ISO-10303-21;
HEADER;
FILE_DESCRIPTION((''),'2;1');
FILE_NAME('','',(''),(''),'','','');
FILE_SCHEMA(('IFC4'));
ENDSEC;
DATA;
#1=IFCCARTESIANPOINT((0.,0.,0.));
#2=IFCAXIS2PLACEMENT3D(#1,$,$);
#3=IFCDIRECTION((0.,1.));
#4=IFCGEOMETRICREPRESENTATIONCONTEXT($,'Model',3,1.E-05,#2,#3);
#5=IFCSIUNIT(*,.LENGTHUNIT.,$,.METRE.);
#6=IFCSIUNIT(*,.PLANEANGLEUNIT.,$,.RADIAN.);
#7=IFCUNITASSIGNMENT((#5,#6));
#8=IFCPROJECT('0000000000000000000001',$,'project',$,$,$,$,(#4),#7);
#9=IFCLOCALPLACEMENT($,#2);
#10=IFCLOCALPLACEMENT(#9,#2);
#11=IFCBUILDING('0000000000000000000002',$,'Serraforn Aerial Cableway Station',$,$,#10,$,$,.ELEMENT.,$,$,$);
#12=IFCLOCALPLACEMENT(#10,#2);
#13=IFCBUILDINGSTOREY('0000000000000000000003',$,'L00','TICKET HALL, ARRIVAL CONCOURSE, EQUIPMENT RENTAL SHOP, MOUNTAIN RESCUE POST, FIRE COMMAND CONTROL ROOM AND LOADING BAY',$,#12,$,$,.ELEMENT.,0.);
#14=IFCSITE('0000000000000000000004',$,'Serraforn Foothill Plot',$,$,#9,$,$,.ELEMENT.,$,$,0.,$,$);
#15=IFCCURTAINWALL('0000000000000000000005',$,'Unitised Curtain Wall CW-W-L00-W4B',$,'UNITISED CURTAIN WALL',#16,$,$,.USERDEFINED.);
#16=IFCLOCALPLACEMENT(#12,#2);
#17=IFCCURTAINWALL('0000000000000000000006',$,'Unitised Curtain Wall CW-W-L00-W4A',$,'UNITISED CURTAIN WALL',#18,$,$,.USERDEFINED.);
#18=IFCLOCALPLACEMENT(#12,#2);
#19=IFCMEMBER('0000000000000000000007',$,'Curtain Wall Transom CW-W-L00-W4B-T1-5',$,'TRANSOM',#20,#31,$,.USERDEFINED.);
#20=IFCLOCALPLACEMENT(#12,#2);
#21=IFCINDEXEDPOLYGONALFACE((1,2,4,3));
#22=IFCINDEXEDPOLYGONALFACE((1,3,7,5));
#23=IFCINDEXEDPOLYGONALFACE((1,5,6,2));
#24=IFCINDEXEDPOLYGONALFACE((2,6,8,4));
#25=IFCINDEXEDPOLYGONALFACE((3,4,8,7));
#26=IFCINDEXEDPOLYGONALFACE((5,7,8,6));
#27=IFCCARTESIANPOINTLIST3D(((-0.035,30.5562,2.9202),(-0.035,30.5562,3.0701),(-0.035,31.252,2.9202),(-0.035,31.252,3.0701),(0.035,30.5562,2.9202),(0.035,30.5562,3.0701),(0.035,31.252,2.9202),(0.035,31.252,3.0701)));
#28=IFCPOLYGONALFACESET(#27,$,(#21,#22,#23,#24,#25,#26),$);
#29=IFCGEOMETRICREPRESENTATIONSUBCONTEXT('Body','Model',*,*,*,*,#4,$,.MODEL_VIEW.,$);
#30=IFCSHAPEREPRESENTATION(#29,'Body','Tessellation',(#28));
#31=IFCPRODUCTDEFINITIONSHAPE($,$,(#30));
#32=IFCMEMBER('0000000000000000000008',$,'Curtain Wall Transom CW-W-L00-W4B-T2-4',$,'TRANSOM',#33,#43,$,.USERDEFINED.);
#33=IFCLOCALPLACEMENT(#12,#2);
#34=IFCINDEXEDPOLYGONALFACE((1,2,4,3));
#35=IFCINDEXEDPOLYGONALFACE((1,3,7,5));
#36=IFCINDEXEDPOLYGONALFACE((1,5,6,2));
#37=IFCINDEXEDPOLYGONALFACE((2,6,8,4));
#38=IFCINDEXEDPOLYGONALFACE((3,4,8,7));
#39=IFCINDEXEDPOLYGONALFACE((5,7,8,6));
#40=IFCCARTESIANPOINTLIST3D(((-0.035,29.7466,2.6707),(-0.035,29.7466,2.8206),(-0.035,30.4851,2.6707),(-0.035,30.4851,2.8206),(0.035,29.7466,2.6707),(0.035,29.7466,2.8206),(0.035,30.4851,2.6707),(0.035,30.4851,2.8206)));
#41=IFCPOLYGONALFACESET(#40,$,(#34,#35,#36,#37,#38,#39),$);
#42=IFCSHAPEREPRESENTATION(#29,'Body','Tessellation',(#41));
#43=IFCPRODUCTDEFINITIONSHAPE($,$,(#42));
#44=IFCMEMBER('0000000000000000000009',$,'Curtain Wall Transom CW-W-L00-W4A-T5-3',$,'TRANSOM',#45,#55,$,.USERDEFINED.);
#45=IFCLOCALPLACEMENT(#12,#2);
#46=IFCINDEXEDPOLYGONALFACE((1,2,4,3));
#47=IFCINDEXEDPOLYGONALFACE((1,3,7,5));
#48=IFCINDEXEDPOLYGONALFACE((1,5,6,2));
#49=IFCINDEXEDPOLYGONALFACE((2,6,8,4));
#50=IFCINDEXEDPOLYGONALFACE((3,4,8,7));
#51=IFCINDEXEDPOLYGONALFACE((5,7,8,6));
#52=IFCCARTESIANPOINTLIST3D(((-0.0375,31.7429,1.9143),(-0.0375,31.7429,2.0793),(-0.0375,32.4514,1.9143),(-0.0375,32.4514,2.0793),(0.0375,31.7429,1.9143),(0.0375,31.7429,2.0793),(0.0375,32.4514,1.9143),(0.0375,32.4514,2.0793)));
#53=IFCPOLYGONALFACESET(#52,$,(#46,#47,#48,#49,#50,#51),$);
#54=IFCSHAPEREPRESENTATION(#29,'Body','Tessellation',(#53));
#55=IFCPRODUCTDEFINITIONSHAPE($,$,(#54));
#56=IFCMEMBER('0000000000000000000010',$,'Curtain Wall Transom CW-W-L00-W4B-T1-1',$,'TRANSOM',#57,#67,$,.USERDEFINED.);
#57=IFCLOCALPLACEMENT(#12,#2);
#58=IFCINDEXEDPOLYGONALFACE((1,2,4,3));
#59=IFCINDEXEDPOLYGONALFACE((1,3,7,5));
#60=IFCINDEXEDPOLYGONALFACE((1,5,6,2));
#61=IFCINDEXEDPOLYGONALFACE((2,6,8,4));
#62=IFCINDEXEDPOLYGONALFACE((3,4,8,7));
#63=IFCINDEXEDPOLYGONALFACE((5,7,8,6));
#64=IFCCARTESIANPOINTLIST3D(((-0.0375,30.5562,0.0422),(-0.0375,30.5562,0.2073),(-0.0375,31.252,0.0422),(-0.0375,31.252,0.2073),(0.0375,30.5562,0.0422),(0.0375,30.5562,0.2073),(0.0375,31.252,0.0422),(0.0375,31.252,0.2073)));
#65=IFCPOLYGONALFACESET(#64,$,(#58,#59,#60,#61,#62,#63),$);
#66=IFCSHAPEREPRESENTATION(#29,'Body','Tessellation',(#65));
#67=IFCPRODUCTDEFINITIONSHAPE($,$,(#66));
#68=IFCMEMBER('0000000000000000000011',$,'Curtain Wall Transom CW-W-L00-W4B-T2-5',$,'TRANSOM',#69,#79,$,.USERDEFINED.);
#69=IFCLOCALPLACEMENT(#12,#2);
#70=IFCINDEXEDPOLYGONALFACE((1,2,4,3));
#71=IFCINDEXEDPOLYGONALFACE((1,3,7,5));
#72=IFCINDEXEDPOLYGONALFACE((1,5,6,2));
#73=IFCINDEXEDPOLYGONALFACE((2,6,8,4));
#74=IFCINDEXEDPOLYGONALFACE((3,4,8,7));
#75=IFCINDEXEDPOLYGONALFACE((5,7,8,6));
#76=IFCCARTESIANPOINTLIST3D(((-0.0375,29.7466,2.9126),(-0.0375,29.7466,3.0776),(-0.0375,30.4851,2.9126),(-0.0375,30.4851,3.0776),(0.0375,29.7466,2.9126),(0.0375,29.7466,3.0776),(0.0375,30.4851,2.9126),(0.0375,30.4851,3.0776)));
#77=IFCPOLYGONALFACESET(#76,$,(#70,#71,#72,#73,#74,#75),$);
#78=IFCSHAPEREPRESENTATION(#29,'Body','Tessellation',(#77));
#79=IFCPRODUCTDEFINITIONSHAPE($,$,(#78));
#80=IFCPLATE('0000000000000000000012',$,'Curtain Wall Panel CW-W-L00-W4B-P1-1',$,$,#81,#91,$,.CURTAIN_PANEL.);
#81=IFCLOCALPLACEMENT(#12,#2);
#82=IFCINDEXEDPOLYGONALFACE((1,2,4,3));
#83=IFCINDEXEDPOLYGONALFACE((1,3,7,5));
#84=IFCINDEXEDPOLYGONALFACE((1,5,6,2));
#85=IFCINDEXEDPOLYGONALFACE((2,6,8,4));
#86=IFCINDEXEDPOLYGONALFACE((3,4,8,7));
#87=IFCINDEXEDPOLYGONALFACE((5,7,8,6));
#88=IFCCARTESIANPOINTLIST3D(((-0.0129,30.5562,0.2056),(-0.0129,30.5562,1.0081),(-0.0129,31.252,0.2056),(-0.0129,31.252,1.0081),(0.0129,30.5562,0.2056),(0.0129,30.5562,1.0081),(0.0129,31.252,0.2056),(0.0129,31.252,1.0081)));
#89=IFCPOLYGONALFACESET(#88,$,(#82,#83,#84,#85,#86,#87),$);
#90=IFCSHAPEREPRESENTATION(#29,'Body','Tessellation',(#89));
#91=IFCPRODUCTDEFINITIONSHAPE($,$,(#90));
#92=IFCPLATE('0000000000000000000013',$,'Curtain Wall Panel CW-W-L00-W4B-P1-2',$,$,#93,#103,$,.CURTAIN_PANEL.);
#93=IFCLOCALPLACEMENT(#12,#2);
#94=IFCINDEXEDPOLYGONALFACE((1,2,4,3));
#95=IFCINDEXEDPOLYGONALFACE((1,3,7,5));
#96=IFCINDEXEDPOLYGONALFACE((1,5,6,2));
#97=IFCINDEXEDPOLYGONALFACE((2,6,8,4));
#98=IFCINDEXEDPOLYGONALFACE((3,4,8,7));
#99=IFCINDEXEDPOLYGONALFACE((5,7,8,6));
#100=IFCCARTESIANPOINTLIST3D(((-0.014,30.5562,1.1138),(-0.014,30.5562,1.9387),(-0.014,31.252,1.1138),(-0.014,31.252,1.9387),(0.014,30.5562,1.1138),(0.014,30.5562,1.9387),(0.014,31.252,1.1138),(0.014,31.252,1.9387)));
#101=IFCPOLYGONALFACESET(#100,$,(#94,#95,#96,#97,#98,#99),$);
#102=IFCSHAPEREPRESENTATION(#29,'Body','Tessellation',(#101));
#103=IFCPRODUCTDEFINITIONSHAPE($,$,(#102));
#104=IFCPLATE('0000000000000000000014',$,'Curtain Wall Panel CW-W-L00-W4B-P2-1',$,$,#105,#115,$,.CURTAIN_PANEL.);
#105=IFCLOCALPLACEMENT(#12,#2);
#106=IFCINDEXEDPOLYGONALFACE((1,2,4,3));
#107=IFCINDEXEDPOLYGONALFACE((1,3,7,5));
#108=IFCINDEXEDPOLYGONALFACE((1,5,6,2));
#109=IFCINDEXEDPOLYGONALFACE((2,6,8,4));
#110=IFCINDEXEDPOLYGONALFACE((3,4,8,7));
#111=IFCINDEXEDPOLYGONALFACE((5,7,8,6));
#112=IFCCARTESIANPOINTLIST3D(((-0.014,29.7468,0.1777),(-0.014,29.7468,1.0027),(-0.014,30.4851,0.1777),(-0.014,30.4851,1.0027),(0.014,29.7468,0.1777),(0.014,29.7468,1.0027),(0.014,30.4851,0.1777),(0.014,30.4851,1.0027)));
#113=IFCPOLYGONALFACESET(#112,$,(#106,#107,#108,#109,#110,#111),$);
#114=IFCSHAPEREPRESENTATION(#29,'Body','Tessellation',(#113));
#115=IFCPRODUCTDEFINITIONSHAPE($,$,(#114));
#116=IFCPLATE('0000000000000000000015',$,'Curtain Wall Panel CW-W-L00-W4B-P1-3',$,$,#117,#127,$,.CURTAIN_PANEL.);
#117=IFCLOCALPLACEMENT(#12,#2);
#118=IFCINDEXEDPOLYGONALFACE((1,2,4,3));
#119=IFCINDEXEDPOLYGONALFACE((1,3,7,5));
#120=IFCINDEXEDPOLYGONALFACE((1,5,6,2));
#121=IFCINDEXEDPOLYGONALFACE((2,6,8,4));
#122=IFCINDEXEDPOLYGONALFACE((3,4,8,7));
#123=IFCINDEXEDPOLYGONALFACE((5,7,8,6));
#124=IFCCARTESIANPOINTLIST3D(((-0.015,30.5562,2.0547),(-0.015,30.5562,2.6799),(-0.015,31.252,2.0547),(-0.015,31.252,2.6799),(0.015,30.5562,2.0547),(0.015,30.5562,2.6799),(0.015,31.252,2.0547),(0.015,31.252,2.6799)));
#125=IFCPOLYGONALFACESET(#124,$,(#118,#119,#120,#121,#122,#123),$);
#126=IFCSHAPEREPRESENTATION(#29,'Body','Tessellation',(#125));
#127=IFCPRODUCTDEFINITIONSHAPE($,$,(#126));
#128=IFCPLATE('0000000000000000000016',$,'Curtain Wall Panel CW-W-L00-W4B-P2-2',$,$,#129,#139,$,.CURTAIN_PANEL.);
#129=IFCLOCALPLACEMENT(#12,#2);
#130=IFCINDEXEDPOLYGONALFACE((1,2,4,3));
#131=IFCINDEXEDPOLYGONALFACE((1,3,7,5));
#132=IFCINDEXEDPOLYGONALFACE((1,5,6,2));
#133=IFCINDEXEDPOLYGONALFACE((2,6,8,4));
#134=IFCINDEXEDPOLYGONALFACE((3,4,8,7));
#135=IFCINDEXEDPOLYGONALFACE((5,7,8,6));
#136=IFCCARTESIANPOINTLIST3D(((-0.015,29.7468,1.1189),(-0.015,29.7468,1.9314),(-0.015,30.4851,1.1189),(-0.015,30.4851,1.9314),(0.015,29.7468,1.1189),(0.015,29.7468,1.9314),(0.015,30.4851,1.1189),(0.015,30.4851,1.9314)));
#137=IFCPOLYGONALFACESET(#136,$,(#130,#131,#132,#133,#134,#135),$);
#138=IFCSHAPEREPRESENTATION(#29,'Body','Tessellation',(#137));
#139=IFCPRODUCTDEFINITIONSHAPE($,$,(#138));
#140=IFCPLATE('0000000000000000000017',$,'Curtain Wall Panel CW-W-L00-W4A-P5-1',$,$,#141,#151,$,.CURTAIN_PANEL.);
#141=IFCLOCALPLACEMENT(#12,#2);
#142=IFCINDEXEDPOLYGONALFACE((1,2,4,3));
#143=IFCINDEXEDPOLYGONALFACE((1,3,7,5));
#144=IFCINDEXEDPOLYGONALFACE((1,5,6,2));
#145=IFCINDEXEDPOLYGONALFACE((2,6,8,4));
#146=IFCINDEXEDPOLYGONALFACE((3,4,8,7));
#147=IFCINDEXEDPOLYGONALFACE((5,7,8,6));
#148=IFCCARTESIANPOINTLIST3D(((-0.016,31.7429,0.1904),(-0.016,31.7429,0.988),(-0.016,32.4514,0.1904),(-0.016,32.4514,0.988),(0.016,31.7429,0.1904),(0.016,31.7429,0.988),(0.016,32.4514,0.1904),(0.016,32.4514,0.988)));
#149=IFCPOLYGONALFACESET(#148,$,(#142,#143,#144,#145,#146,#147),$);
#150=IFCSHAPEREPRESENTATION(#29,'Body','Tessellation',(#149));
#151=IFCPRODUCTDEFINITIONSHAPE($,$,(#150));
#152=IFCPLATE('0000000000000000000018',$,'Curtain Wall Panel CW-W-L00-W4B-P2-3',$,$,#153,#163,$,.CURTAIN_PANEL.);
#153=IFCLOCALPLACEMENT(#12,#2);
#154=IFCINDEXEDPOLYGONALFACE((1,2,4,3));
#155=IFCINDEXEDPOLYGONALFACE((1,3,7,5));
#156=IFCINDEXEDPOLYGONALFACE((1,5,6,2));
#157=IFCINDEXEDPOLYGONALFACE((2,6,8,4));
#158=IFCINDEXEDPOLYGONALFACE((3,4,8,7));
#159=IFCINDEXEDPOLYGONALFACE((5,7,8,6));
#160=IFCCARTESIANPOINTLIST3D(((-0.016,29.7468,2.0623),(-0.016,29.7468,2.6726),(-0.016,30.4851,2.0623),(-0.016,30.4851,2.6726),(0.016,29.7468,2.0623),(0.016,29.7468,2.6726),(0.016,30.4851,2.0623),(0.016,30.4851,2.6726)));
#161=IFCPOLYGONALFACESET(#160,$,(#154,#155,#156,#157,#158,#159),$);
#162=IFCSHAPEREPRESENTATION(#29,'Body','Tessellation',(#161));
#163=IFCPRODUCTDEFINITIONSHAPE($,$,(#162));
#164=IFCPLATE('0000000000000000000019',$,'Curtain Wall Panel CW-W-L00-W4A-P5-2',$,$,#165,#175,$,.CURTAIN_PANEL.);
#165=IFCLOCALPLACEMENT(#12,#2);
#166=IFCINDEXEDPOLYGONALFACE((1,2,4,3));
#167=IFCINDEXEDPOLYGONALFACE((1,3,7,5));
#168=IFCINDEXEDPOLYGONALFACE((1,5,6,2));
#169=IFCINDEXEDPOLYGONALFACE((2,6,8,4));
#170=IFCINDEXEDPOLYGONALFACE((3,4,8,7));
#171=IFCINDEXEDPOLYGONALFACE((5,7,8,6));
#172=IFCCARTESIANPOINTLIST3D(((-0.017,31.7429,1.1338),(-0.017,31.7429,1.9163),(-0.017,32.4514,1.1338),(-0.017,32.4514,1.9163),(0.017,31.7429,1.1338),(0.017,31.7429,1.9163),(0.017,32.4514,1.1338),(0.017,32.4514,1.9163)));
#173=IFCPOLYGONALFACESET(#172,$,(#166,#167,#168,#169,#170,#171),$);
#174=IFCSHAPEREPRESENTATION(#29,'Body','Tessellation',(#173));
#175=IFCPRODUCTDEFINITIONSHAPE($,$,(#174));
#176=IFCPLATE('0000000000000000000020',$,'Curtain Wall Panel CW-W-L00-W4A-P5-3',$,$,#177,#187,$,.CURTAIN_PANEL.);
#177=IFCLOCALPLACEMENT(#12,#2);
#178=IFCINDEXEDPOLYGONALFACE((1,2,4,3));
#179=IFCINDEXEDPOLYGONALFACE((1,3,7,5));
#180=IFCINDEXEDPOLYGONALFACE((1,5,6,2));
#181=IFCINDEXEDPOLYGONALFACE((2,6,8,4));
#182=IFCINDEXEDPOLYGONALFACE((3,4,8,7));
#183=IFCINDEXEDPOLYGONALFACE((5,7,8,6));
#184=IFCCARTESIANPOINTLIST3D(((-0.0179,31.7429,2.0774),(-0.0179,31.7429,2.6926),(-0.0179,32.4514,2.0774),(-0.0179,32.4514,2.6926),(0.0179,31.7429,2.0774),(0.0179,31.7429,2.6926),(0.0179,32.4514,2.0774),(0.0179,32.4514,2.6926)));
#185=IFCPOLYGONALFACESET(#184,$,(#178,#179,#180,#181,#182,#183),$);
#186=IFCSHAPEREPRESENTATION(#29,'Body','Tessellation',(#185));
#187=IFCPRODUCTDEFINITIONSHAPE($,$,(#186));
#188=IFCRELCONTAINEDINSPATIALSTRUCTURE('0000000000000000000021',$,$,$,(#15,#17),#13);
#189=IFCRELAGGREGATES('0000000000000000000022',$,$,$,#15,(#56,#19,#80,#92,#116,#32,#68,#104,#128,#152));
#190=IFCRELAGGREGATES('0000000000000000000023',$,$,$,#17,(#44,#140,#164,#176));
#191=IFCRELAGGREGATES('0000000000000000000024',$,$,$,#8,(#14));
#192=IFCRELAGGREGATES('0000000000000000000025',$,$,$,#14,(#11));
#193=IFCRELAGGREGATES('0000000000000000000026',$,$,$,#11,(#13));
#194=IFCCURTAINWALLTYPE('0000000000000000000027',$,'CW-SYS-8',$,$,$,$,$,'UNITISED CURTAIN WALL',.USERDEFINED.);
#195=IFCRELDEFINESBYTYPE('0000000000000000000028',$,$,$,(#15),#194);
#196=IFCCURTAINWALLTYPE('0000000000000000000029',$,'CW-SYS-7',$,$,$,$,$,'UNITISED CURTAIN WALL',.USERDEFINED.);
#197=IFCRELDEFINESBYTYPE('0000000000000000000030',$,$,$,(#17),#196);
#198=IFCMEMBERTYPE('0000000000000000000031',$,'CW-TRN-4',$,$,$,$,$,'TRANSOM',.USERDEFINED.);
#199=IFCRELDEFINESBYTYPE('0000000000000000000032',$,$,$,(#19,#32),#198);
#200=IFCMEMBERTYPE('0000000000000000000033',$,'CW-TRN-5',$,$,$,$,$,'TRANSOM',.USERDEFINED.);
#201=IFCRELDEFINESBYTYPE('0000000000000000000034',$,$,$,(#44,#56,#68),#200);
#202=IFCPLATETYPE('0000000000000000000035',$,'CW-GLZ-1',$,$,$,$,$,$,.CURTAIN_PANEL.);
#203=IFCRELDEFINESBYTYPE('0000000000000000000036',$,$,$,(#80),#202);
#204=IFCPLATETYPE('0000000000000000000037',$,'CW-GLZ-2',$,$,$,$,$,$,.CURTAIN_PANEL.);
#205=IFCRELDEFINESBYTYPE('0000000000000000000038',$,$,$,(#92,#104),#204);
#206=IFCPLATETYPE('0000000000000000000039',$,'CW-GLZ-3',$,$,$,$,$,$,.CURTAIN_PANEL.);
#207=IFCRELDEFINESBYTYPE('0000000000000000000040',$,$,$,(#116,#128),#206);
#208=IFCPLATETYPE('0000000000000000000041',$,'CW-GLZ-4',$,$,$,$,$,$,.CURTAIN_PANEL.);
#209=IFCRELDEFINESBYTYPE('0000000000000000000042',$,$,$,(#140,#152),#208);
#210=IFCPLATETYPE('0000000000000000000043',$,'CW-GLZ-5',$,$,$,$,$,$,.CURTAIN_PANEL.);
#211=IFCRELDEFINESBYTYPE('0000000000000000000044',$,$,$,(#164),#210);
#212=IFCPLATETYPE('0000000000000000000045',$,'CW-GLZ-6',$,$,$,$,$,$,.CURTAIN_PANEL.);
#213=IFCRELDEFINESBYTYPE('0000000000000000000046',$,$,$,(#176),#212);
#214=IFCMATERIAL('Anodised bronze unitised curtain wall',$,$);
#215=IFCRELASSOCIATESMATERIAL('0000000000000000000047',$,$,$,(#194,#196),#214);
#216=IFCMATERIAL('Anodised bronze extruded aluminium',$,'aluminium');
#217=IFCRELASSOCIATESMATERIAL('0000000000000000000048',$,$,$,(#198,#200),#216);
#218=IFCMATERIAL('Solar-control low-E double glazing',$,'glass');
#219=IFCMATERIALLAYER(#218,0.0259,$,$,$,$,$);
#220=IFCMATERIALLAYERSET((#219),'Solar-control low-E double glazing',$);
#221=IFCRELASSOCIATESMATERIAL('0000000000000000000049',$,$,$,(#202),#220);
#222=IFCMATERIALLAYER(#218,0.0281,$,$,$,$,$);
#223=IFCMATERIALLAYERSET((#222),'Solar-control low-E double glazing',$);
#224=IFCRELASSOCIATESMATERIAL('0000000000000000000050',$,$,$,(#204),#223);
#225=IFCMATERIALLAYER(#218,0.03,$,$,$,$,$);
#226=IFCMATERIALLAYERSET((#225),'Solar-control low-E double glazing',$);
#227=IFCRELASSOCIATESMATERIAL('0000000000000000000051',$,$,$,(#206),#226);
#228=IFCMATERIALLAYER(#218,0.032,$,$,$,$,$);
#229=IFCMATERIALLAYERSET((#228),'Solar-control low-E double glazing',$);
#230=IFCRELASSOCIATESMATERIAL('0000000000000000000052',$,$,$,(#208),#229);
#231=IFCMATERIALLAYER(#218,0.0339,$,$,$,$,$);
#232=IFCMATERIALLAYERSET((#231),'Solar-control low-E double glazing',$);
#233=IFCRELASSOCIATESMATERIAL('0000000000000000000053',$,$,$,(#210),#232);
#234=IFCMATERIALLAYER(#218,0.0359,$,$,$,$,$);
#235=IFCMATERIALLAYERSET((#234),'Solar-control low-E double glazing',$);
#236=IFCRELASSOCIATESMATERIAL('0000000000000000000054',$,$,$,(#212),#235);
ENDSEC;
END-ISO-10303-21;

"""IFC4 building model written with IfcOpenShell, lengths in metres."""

from ifc_helpers import new_model, si_unit, direction, frame, origin, origin_2d, place, context, subcontext, project, spatial, rectangle, extrude, material, layer, layer_set, material_profile, profile_set, type_object, element, aggregate, save


model = new_model("IFC4")

# Units and contexts
model_context = context("Model", 3, precision=1e-05, world=origin(), true_north=direction((0.0, 1.0)))
body_context = subcontext(model_context, "Body", "Model", "MODEL_VIEW")
ifc_project = project(units=[si_unit("LENGTHUNIT", "METRE"), si_unit("PLANEANGLEUNIT", "RADIAN")], contexts=[model_context])

# Site, building, storey
site_placement = place(None, origin())
site = spatial("IfcSite", under=ifc_project, at=site_placement, Name="Serraforn Foothill Plot", CompositionType="ELEMENT", RefElevation=0.0)
building_placement = place(site_placement, origin())
building = spatial("IfcBuilding", under=site, at=building_placement, Name="Serraforn Aerial Cableway Station", CompositionType="ELEMENT")
storey_placement = place(building_placement, origin())
storey = spatial("IfcBuildingStorey", under=building, at=storey_placement, Name="L00", Description="TICKET HALL, ARRIVAL CONCOURSE, EQUIPMENT RENTAL SHOP, MOUNTAIN RESCUE POST, FIRE COMMAND CONTROL ROOM AND LOADING BAY", CompositionType="ELEMENT", Elevation=0.0)

# Curtain walls
ifc_material_1 = material(Name="Anodised bronze unitised curtain wall")
curtain_wall_type_1 = type_object("IfcCurtainWallType", Name="CW-SYS-8", ElementType="UNITISED CURTAIN WALL", PredefinedType="USERDEFINED", material=ifc_material_1)
curtain_wall_1_placement = place(storey_placement, origin())
curtain_wall_1 = element("IfcCurtainWall", 1, at=curtain_wall_1_placement, inside=storey, type_object=curtain_wall_type_1, Name="Unitised Curtain Wall CW-W-L00-W4B", ObjectType="UNITISED CURTAIN WALL", PredefinedType="USERDEFINED")
ifc_material_2 = material(Name="Anodised bronze extruded aluminium", Category="aluminium")
curtain_wall_type_2 = type_object("IfcCurtainWallType", Name="CW-SYS-7", ElementType="UNITISED CURTAIN WALL", PredefinedType="USERDEFINED", material=ifc_material_1)
curtain_wall_2_placement = place(storey_placement, origin())
curtain_wall_2 = element("IfcCurtainWall", 2, at=curtain_wall_2_placement, inside=storey, type_object=curtain_wall_type_2, Name="Unitised Curtain Wall CW-W-L00-W4A", ObjectType="UNITISED CURTAIN WALL", PredefinedType="USERDEFINED")

# Members
ifc_material_profile_1 = material_profile(ifc_material_2, rectangle(XDim=0.0701, YDim=0.1499, at=origin_2d()), Name="CW TRANSOM 70x150")
ifc_profile_set_1 = profile_set([ifc_material_profile_1], Name="Anodised bronze extruded aluminium")
member_type_1 = type_object("IfcMemberType", Name="CW-TRN-4", ElementType="TRANSOM", PredefinedType="USERDEFINED", material=ifc_profile_set_1)
member_1_placement = place(storey_placement, frame((0.0, 31.252, 2.9951), z_axis=(0.0, -1.0, 0.0), x_axis=(1.0, 0.0, 0.0)))
member_1 = element("IfcMember", 3, at=member_1_placement, type_object=member_type_1, Name="Curtain Wall Transom CW-W-L00-W4B-T1-5", ObjectType="TRANSOM", PredefinedType="USERDEFINED", context=body_context, shape_type="SweptSolid", body=[
    extrude(rectangle(XDim=0.0701, YDim=0.1499, at=origin_2d()), origin(), (0.0, 0.0, 1.0), 0.6958),
])
member_2_placement = place(storey_placement, frame((0.0, 30.4851, 2.7456), z_axis=(0.0, -1.0, 0.0), x_axis=(1.0, 0.0, 0.0)))
member_2 = element("IfcMember", 4, at=member_2_placement, type_object=member_type_1, Name="Curtain Wall Transom CW-W-L00-W4B-T2-4", ObjectType="TRANSOM", PredefinedType="USERDEFINED", context=body_context, shape_type="SweptSolid", body=[
    extrude(rectangle(XDim=0.0701, YDim=0.1499, at=origin_2d()), origin(), (0.0, 0.0, 1.0), 0.7385),
])
ifc_material_profile_2 = material_profile(ifc_material_2, rectangle(XDim=0.075, YDim=0.165, at=origin_2d()), Name="CW TRANSOM 75x165")
ifc_profile_set_2 = profile_set([ifc_material_profile_2], Name="Anodised bronze extruded aluminium")
member_type_2 = type_object("IfcMemberType", Name="CW-TRN-5", ElementType="TRANSOM", PredefinedType="USERDEFINED", material=ifc_profile_set_2)
member_3_placement = place(storey_placement, frame((0.0, 32.4514, 1.9968), z_axis=(0.0, -1.0, 0.0), x_axis=(1.0, 0.0, 0.0)))
member_3 = element("IfcMember", 5, at=member_3_placement, type_object=member_type_2, Name="Curtain Wall Transom CW-W-L00-W4A-T5-3", ObjectType="TRANSOM", PredefinedType="USERDEFINED", context=body_context, shape_type="SweptSolid", body=[
    extrude(rectangle(XDim=0.075, YDim=0.165, at=origin_2d()), origin(), (0.0, 0.0, 1.0), 0.7085),
])
member_4_placement = place(storey_placement, frame((0.0, 31.252, 0.1248), z_axis=(0.0, -1.0, 0.0), x_axis=(1.0, 0.0, 0.0)))
member_4 = element("IfcMember", 6, at=member_4_placement, type_object=member_type_2, Name="Curtain Wall Transom CW-W-L00-W4B-T1-1", ObjectType="TRANSOM", PredefinedType="USERDEFINED", context=body_context, shape_type="SweptSolid", body=[
    extrude(rectangle(XDim=0.075, YDim=0.165, at=origin_2d()), origin(), (0.0, 0.0, 1.0), 0.6958),
])
member_5_placement = place(storey_placement, frame((0.0, 30.4851, 2.9951), z_axis=(0.0, -1.0, 0.0), x_axis=(1.0, 0.0, 0.0)))
member_5 = element("IfcMember", 7, at=member_5_placement, type_object=member_type_2, Name="Curtain Wall Transom CW-W-L00-W4B-T2-5", ObjectType="TRANSOM", PredefinedType="USERDEFINED", context=body_context, shape_type="SweptSolid", body=[
    extrude(rectangle(XDim=0.075, YDim=0.165, at=origin_2d()), origin(), (0.0, 0.0, 1.0), 0.7385),
])

# Plates
ifc_material_3 = material(Name="Solar-control low-E double glazing", Category="glass")
ifc_layer_1 = layer(ifc_material_3, 0.0259)
ifc_layer_set_1 = layer_set([ifc_layer_1], Name="Solar-control low-E double glazing")
plate_type_1 = type_object("IfcPlateType", Name="CW-GLZ-1", PredefinedType="CURTAIN_PANEL", material=ifc_layer_set_1)
plate_1_placement = place(storey_placement, frame((0.0, 30.9041, 0.2056), z_axis=(0.0, 0.0, 1.0), x_axis=(1.0, 0.0, 0.0)))
plate_1 = element("IfcPlate", 8, at=plate_1_placement, type_object=plate_type_1, Name="Curtain Wall Panel CW-W-L00-W4B-P1-1", PredefinedType="CURTAIN_PANEL", context=body_context, shape_type="SweptSolid", body=[
    extrude(rectangle(XDim=0.0259, YDim=0.6958, at=origin_2d()), origin(), (0.0, 0.0, 1.0), 0.8025),
])
ifc_layer_2 = layer(ifc_material_3, 0.0281)
ifc_layer_set_2 = layer_set([ifc_layer_2], Name="Solar-control low-E double glazing")
plate_type_2 = type_object("IfcPlateType", Name="CW-GLZ-2", PredefinedType="CURTAIN_PANEL", material=ifc_layer_set_2)
plate_2_placement = place(storey_placement, frame((0.0, 30.9041, 1.1138), z_axis=(0.0, 0.0, 1.0), x_axis=(1.0, 0.0, 0.0)))
plate_2 = element("IfcPlate", 9, at=plate_2_placement, type_object=plate_type_2, Name="Curtain Wall Panel CW-W-L00-W4B-P1-2", PredefinedType="CURTAIN_PANEL", context=body_context, shape_type="SweptSolid", body=[
    extrude(rectangle(XDim=0.0281, YDim=0.6958, at=origin_2d()), origin(), (0.0, 0.0, 1.0), 0.825),
])
plate_3_placement = place(storey_placement, frame((0.0, 30.116, 0.1777), z_axis=(0.0, 0.0, 1.0), x_axis=(1.0, 0.0, 0.0)))
plate_3 = element("IfcPlate", 10, at=plate_3_placement, type_object=plate_type_2, Name="Curtain Wall Panel CW-W-L00-W4B-P2-1", PredefinedType="CURTAIN_PANEL", context=body_context, shape_type="SweptSolid", body=[
    extrude(rectangle(XDim=0.0281, YDim=0.7383, at=origin_2d()), origin(), (0.0, 0.0, 1.0), 0.825),
])
ifc_layer_3 = layer(ifc_material_3, 0.03)
ifc_layer_set_3 = layer_set([ifc_layer_3], Name="Solar-control low-E double glazing")
plate_type_3 = type_object("IfcPlateType", Name="CW-GLZ-3", PredefinedType="CURTAIN_PANEL", material=ifc_layer_set_3)
plate_4_placement = place(storey_placement, frame((0.0, 30.9041, 2.0547), z_axis=(0.0, 0.0, 1.0), x_axis=(1.0, 0.0, 0.0)))
plate_4 = element("IfcPlate", 11, at=plate_4_placement, type_object=plate_type_3, Name="Curtain Wall Panel CW-W-L00-W4B-P1-3", PredefinedType="CURTAIN_PANEL", context=body_context, shape_type="SweptSolid", body=[
    extrude(rectangle(XDim=0.03, YDim=0.6958, at=origin_2d()), origin(), (0.0, 0.0, 1.0), 0.6252),
])
plate_5_placement = place(storey_placement, frame((0.0, 30.116, 1.1189), z_axis=(0.0, 0.0, 1.0), x_axis=(1.0, 0.0, 0.0)))
plate_5 = element("IfcPlate", 12, at=plate_5_placement, type_object=plate_type_3, Name="Curtain Wall Panel CW-W-L00-W4B-P2-2", PredefinedType="CURTAIN_PANEL", context=body_context, shape_type="SweptSolid", body=[
    extrude(rectangle(XDim=0.03, YDim=0.7383, at=origin_2d()), origin(), (0.0, 0.0, 1.0), 0.8125),
])
ifc_layer_4 = layer(ifc_material_3, 0.032)
ifc_layer_set_4 = layer_set([ifc_layer_4], Name="Solar-control low-E double glazing")
plate_type_4 = type_object("IfcPlateType", Name="CW-GLZ-4", PredefinedType="CURTAIN_PANEL", material=ifc_layer_set_4)
plate_6_placement = place(storey_placement, frame((0.0, 32.0972, 0.1904), z_axis=(0.0, 0.0, 1.0), x_axis=(1.0, 0.0, 0.0)))
plate_6 = element("IfcPlate", 13, at=plate_6_placement, type_object=plate_type_4, Name="Curtain Wall Panel CW-W-L00-W4A-P5-1", PredefinedType="CURTAIN_PANEL", context=body_context, shape_type="SweptSolid", body=[
    extrude(rectangle(XDim=0.032, YDim=0.7085, at=origin_2d()), origin(), (0.0, 0.0, 1.0), 0.7976),
])
plate_7_placement = place(storey_placement, frame((0.0, 30.116, 2.0623), z_axis=(0.0, 0.0, 1.0), x_axis=(1.0, 0.0, 0.0)))
plate_7 = element("IfcPlate", 14, at=plate_7_placement, type_object=plate_type_4, Name="Curtain Wall Panel CW-W-L00-W4B-P2-3", PredefinedType="CURTAIN_PANEL", context=body_context, shape_type="SweptSolid", body=[
    extrude(rectangle(XDim=0.032, YDim=0.7383, at=origin_2d()), origin(), (0.0, 0.0, 1.0), 0.6104),
])
aggregate(curtain_wall_1, [member_4, member_1, plate_1, plate_2, plate_4, member_2, member_5, plate_3, plate_5, plate_7])
ifc_layer_5 = layer(ifc_material_3, 0.0339)
ifc_layer_set_5 = layer_set([ifc_layer_5], Name="Solar-control low-E double glazing")
plate_type_5 = type_object("IfcPlateType", Name="CW-GLZ-5", PredefinedType="CURTAIN_PANEL", material=ifc_layer_set_5)
plate_8_placement = place(storey_placement, frame((0.0, 32.0972, 1.1338), z_axis=(0.0, 0.0, 1.0), x_axis=(1.0, 0.0, 0.0)))
plate_8 = element("IfcPlate", 15, at=plate_8_placement, type_object=plate_type_5, Name="Curtain Wall Panel CW-W-L00-W4A-P5-2", PredefinedType="CURTAIN_PANEL", context=body_context, shape_type="SweptSolid", body=[
    extrude(rectangle(XDim=0.0339, YDim=0.7085, at=origin_2d()), origin(), (0.0, 0.0, 1.0), 0.7825),
])
ifc_layer_6 = layer(ifc_material_3, 0.0359)
ifc_layer_set_6 = layer_set([ifc_layer_6], Name="Solar-control low-E double glazing")
plate_type_6 = type_object("IfcPlateType", Name="CW-GLZ-6", PredefinedType="CURTAIN_PANEL", material=ifc_layer_set_6)
plate_9_placement = place(storey_placement, frame((0.0, 32.0972, 2.0774), z_axis=(0.0, 0.0, 1.0), x_axis=(1.0, 0.0, 0.0)))
plate_9 = element("IfcPlate", 16, at=plate_9_placement, type_object=plate_type_6, Name="Curtain Wall Panel CW-W-L00-W4A-P5-3", PredefinedType="CURTAIN_PANEL", context=body_context, shape_type="SweptSolid", body=[
    extrude(rectangle(XDim=0.0359, YDim=0.7085, at=origin_2d()), origin(), (0.0, 0.0, 1.0), 0.6152),
])
aggregate(curtain_wall_2, [member_3, plate_6, plate_8, plate_9])

save(model, "model.ifc")
